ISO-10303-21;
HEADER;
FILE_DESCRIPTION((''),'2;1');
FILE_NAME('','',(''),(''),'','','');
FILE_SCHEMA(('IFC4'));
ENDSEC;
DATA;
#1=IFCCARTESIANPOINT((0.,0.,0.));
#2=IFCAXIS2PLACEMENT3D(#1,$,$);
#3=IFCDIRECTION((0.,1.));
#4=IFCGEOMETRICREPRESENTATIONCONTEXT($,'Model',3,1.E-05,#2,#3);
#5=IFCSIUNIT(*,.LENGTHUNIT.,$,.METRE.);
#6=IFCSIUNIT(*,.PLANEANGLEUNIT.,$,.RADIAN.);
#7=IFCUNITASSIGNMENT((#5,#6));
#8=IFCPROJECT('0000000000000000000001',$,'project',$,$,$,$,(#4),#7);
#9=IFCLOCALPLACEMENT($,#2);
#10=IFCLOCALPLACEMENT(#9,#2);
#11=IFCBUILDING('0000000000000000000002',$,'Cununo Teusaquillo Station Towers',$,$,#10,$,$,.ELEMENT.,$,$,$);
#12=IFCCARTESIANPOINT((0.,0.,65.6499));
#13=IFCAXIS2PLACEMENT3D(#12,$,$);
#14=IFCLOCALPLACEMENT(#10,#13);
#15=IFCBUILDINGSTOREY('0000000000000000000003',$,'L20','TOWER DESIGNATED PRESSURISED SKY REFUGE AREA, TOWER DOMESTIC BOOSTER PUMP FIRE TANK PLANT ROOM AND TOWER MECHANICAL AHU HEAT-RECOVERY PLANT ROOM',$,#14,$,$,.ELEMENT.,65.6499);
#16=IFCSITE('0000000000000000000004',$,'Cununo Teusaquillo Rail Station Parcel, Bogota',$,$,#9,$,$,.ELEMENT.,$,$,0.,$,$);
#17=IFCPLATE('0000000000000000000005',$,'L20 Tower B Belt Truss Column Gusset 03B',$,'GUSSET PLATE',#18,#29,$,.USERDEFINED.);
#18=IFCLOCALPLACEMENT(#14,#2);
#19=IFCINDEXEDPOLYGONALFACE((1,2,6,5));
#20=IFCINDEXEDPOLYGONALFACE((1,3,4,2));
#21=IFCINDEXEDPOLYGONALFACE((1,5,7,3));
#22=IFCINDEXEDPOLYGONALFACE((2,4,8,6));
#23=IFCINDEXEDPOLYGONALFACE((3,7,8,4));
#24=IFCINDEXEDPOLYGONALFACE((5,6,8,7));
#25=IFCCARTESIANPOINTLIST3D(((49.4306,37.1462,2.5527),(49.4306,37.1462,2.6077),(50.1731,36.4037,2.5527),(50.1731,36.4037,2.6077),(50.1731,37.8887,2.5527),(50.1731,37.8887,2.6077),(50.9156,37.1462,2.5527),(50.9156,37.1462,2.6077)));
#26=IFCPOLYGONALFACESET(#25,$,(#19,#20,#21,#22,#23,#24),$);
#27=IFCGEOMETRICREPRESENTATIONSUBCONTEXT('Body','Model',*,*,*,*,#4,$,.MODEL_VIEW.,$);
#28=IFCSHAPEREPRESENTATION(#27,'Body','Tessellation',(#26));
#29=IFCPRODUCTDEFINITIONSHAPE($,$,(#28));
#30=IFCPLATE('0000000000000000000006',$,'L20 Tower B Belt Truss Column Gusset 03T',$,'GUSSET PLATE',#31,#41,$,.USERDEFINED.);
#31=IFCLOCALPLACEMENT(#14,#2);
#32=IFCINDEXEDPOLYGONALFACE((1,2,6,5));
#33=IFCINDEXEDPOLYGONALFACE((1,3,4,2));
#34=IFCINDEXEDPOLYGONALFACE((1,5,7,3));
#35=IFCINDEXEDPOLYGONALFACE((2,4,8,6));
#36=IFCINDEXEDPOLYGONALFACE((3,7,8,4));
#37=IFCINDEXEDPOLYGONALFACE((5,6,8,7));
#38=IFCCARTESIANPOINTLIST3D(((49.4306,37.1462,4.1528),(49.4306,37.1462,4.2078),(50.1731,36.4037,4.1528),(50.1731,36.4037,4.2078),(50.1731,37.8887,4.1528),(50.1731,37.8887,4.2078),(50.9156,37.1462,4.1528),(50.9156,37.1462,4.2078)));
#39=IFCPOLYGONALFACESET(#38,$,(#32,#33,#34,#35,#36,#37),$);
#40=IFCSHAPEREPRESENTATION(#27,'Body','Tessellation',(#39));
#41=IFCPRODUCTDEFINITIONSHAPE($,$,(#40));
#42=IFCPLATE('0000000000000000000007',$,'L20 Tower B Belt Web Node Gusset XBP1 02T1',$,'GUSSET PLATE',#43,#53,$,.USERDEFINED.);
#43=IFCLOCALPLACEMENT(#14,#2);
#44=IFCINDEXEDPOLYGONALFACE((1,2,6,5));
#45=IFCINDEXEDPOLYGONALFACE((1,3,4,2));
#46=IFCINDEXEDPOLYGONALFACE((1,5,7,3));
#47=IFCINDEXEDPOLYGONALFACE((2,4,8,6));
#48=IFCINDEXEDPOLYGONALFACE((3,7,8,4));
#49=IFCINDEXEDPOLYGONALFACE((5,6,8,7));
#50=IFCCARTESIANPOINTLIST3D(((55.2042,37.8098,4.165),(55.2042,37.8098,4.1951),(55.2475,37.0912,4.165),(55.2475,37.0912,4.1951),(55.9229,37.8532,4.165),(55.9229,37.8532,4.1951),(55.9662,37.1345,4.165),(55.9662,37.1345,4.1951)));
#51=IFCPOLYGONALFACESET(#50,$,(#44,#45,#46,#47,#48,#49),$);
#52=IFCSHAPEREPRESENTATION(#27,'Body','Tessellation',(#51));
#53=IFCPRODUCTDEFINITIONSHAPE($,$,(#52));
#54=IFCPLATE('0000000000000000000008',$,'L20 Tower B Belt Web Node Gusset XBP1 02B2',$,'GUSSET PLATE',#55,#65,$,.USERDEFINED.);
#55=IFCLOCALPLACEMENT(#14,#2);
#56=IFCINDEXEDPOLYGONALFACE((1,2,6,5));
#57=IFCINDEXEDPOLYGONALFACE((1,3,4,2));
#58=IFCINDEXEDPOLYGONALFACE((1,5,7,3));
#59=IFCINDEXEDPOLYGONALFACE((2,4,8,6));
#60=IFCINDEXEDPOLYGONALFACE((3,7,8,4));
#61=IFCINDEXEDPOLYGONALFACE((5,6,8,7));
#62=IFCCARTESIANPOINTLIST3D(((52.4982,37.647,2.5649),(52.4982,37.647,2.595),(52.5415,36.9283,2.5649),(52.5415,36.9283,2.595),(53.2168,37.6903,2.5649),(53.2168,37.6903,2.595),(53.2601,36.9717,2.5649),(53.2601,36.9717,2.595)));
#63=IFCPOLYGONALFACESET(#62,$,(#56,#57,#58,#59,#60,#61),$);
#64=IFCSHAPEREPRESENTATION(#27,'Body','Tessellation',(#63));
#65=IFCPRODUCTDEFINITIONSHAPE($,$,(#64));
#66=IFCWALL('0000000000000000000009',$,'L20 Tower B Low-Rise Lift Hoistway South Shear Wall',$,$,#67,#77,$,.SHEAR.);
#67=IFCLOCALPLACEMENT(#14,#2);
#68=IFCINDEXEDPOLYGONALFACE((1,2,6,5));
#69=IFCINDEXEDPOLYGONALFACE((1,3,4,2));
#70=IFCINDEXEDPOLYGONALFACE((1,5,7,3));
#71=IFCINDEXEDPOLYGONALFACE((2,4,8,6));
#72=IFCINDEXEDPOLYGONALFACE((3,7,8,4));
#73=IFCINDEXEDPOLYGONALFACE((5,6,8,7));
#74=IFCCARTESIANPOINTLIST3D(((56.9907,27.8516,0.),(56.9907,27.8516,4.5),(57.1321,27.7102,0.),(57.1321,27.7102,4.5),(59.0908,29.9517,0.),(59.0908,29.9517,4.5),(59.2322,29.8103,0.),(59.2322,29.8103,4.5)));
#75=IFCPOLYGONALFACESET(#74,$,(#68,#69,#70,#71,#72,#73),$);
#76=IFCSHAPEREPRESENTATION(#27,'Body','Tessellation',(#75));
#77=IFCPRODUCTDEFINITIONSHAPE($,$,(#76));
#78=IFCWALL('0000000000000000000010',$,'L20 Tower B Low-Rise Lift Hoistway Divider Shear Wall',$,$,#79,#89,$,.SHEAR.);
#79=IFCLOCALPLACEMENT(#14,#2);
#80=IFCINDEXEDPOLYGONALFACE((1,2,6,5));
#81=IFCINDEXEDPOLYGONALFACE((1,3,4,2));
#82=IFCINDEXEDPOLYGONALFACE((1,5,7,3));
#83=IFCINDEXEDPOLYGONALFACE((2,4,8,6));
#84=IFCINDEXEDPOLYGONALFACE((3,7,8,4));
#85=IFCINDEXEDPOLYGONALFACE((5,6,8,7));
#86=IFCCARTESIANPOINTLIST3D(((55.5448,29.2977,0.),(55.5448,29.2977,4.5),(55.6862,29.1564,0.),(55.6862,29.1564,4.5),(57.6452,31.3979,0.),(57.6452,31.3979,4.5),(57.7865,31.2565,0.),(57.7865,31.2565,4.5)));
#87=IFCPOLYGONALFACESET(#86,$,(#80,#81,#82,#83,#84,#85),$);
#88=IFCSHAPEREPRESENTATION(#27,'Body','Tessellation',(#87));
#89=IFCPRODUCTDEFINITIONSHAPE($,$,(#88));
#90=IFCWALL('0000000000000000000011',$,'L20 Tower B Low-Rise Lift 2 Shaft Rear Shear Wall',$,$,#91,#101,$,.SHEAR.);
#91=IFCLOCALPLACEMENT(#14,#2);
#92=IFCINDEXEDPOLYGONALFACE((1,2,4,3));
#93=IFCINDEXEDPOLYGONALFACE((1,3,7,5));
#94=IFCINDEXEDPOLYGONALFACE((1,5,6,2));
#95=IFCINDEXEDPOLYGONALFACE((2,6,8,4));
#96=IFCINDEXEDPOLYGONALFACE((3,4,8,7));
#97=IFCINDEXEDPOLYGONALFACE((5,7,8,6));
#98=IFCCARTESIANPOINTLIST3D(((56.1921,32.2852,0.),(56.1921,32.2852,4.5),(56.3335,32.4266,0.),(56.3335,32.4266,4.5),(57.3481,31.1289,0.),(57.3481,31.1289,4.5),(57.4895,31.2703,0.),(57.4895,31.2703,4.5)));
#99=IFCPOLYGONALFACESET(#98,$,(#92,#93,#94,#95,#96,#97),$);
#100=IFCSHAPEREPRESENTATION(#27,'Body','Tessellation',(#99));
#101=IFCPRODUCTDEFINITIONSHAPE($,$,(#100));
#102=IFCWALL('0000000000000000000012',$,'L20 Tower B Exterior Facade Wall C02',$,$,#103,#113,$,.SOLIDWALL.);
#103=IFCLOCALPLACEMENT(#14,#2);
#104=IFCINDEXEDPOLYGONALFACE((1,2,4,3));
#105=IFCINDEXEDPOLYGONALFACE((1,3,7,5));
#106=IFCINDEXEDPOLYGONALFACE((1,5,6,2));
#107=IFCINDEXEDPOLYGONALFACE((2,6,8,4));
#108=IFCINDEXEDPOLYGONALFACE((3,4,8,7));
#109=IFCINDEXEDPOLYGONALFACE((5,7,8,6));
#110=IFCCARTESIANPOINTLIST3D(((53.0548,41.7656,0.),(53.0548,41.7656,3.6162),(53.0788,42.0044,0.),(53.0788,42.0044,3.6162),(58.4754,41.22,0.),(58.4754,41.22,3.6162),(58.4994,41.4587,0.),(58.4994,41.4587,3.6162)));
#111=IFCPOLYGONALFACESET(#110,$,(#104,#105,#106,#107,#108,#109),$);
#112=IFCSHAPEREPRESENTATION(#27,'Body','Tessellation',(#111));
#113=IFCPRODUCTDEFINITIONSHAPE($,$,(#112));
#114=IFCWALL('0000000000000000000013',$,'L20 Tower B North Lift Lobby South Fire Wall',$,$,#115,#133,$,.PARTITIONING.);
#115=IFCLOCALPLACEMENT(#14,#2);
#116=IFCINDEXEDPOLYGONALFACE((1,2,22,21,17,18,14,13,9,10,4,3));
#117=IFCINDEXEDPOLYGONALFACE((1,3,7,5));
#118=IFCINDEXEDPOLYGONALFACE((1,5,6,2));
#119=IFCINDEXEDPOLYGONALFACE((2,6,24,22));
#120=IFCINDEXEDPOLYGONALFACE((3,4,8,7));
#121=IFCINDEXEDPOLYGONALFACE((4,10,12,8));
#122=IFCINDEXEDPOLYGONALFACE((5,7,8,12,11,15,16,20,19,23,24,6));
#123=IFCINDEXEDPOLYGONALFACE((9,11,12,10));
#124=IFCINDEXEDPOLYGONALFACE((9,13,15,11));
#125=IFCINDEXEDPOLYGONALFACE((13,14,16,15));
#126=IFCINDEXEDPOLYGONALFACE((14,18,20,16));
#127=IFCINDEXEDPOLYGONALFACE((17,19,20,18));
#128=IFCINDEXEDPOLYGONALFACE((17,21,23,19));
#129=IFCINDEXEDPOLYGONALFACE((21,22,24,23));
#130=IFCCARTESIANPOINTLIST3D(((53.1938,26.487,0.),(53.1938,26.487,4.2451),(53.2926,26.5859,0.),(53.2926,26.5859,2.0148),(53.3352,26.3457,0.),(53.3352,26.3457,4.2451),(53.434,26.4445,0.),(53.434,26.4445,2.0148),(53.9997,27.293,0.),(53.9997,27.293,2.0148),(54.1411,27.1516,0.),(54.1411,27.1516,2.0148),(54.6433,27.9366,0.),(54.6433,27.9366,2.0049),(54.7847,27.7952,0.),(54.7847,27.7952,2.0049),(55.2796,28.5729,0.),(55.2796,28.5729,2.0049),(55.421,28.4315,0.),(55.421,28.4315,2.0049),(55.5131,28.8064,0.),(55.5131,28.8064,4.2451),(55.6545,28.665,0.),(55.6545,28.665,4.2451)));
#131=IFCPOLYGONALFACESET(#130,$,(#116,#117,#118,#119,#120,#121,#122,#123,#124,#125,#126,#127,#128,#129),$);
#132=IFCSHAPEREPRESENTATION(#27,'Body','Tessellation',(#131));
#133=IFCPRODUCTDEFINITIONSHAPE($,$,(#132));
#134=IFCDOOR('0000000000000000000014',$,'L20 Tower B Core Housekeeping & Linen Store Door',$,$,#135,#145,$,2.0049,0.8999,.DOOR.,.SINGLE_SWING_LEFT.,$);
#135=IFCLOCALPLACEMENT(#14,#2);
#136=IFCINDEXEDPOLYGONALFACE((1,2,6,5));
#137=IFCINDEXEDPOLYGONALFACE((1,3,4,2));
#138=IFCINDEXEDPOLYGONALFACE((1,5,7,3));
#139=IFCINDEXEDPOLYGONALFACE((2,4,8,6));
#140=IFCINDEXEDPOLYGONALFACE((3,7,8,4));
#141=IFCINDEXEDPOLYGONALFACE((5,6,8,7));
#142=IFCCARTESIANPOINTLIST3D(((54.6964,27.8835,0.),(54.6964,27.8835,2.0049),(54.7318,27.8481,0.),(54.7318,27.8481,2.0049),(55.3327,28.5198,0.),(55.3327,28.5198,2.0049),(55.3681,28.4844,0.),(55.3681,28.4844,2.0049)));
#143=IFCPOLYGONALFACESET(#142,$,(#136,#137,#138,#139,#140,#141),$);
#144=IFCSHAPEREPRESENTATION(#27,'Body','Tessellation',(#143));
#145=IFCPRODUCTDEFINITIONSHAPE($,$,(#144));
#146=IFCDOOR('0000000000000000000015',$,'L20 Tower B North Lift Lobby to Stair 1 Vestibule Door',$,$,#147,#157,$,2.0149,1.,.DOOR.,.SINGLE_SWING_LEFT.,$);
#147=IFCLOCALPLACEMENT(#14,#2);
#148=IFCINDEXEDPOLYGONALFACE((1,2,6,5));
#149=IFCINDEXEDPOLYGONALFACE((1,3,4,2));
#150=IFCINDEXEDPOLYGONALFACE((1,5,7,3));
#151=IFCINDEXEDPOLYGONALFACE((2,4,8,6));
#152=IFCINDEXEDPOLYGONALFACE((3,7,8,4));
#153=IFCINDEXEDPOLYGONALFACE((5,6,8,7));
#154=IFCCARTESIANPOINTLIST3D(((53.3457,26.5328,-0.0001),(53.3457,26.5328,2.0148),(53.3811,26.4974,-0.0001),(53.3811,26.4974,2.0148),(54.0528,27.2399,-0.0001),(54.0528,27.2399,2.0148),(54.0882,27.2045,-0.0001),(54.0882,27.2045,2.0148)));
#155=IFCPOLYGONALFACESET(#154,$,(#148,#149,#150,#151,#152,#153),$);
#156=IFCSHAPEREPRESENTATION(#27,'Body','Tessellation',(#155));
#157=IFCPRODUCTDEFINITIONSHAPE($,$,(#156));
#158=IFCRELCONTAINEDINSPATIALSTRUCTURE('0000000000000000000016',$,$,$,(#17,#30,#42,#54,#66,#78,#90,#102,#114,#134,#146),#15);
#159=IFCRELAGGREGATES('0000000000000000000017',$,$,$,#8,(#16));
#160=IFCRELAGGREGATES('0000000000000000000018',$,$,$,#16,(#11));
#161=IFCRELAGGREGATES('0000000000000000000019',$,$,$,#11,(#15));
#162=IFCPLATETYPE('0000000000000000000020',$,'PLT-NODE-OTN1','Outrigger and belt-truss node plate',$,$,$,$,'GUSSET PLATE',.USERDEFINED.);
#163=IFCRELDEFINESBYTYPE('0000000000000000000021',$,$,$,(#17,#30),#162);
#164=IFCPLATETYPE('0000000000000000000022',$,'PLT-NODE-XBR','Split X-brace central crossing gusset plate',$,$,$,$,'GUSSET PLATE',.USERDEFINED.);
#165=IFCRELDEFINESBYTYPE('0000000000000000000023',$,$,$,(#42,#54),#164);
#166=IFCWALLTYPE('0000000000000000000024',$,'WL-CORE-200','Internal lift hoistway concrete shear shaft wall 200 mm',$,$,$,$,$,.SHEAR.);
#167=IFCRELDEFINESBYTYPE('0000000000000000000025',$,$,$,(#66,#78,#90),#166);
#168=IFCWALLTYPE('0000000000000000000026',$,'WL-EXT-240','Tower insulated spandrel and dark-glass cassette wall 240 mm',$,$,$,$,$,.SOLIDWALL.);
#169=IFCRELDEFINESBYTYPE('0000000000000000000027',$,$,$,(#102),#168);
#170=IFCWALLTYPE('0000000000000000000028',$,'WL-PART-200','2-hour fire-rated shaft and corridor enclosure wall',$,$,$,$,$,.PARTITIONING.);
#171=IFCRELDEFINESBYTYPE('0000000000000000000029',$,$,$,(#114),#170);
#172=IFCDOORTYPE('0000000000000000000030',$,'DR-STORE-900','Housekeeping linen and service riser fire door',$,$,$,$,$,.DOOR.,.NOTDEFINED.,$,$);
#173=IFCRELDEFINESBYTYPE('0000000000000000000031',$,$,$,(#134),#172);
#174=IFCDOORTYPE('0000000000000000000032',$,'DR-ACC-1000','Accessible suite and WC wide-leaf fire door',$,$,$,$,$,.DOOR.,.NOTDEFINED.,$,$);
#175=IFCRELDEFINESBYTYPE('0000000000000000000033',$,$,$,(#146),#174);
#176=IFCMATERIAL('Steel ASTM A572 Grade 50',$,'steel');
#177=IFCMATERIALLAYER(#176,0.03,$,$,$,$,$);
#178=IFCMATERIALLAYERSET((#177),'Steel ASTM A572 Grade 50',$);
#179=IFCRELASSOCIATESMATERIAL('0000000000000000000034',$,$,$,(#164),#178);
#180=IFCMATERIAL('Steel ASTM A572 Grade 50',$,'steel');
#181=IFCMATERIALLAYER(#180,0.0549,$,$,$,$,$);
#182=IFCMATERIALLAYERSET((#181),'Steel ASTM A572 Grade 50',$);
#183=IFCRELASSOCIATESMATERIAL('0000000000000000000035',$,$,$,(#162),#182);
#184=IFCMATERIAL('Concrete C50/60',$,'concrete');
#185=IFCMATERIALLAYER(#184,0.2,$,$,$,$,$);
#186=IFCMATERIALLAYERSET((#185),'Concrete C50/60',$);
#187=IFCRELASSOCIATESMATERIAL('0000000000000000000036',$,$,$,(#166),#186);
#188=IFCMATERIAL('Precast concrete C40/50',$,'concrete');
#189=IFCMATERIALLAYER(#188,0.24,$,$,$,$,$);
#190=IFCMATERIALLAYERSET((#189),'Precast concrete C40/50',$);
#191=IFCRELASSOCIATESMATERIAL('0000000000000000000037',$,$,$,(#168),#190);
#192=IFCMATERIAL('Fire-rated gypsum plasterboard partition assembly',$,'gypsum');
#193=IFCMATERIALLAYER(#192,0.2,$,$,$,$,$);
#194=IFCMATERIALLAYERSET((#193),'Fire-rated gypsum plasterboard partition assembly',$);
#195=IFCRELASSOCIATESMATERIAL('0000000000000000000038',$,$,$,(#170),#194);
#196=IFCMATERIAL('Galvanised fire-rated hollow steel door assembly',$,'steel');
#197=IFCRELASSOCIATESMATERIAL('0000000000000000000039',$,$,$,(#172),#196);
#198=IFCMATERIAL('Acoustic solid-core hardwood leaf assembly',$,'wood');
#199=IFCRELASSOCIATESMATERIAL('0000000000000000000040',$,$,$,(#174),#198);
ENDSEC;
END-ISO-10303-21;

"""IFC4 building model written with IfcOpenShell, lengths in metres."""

from ifc_helpers import new_model, si_unit, direction, frame, frame_2d, origin, origin_2d, place, context, subcontext, project, spatial, rectangle, extrude, source, transform, mapped, material, layer, layer_set, type_object, element, fill, save


model = new_model("IFC4")

# Units and contexts
model_context = context("Model", 3, precision=1e-05, world=origin(), true_north=direction((0.0, 1.0)))
body_context = subcontext(model_context, "Body", "Model", "MODEL_VIEW")
ifc_project = project(units=[si_unit("LENGTHUNIT", "METRE"), si_unit("PLANEANGLEUNIT", "RADIAN")], contexts=[model_context])

# Site, building, storey
site_placement = place(None, origin())
site = spatial("IfcSite", under=ifc_project, at=site_placement, Name="Cununo Teusaquillo Rail Station Parcel, Bogota", CompositionType="ELEMENT", RefElevation=0.0)
building_placement = place(site_placement, origin())
building = spatial("IfcBuilding", under=site, at=building_placement, Name="Cununo Teusaquillo Station Towers", CompositionType="ELEMENT")
storey_placement = place(building_placement, frame((0.0, 0.0, 65.6499)))
storey = spatial("IfcBuildingStorey", under=building, at=storey_placement, Name="L20", Description="TOWER DESIGNATED PRESSURISED SKY REFUGE AREA, TOWER DOMESTIC BOOSTER PUMP FIRE TANK PLANT ROOM AND TOWER MECHANICAL AHU HEAT-RECOVERY PLANT ROOM", CompositionType="ELEMENT", Elevation=65.6499)

# Plates
ifc_material_1 = material(Name="Steel ASTM A572 Grade 50", Category="steel")
ifc_layer_1 = layer(ifc_material_1, 0.03)
ifc_layer_set_1 = layer_set([ifc_layer_1], Name="Steel ASTM A572 Grade 50")
plate_type_1 = type_object("IfcPlateType", Name="PLT-NODE-XBR", Description="Split X-brace central crossing gusset plate", ElementType="GUSSET PLATE", PredefinedType="USERDEFINED", material=ifc_layer_set_1)
ifc_material_2 = material(Name="Steel ASTM A572 Grade 50", Category="steel")
ifc_layer_2 = layer(ifc_material_2, 0.0549)
ifc_layer_set_2 = layer_set([ifc_layer_2], Name="Steel ASTM A572 Grade 50")
plate_type_2 = type_object("IfcPlateType", Name="PLT-NODE-OTN1", Description="Outrigger and belt-truss node plate", ElementType="GUSSET PLATE", PredefinedType="USERDEFINED", material=ifc_layer_set_2)
shared_shape_1 = source(origin(), body_context, "Body", "SweptSolid", [
    extrude(rectangle(XDim=1.05, YDim=1.05, at=origin_2d()), origin(), (0.0, 0.0, 1.0), 0.0549),
])
for number, where, z_axis, x_axis, name in (
    (1, (50.1731, 37.1462, 2.5527), (0.0, 0.0, 1.0), (0.707107, 0.707107, 0.0), "L20 Tower B Belt Truss Column Gusset 03B"),
    (2, (50.1731, 37.1462, 4.1528), (0.0, 0.0, 1.0), (0.707107, 0.707107, 0.0), "L20 Tower B Belt Truss Column Gusset 03T"),
):
    element("IfcPlate", number, at=place(storey_placement, frame(where, z_axis=z_axis, x_axis=x_axis)), inside=storey, type_object=plate_type_2, Name=name, ObjectType="GUSSET PLATE", PredefinedType="USERDEFINED", context=body_context, shape_type="MappedRepresentation", body=[
        mapped(shared_shape_1, transform((0.0, 0.0, 0.0), x_axis=(1.0, 0.0, 0.0), y_axis=(0.0, 1.0, 0.0), z_axis=(0.0, 0.0, 1.0), scale=1.0)),
    ])
shared_shape_2 = source(origin(), body_context, "Body", "SweptSolid", [
    extrude(rectangle(XDim=0.72, YDim=0.72, at=origin_2d()), origin(), (0.0, 0.0, 1.0), 0.03),
])
for number, where, z_axis, x_axis, name in (
    (3, (55.5852, 37.4722, 4.165), (0.0, 0.0, 1.0), (-0.998188, -0.060177, 0.0), "L20 Tower B Belt Web Node Gusset XBP1 02T1"),
    (4, (52.8792, 37.3093, 2.5649), (0.0, 0.0, 1.0), (-0.998188, -0.060177, 0.0), "L20 Tower B Belt Web Node Gusset XBP1 02B2"),
):
    element("IfcPlate", number, at=place(storey_placement, frame(where, z_axis=z_axis, x_axis=x_axis)), inside=storey, type_object=plate_type_1, Name=name, ObjectType="GUSSET PLATE", PredefinedType="USERDEFINED", context=body_context, shape_type="MappedRepresentation", body=[
        mapped(shared_shape_2, transform((0.0, 0.0, 0.0), x_axis=(1.0, 0.0, 0.0), y_axis=(0.0, 1.0, 0.0), z_axis=(0.0, 0.0, 1.0), scale=1.0)),
    ])

# Walls
ifc_material_3 = material(Name="Concrete C50/60", Category="concrete")
ifc_layer_3 = layer(ifc_material_3, 0.2)
ifc_layer_set_3 = layer_set([ifc_layer_3], Name="Concrete C50/60")
wall_type_1 = type_object("IfcWallType", Name="WL-CORE-200", Description="Internal lift hoistway concrete shear shaft wall 200 mm", PredefinedType="SHEAR", material=ifc_layer_set_3)
wall_1_placement = place(storey_placement, frame((57.0615, 27.781, 0.0), z_axis=(0.0, 0.0, 1.0), x_axis=(0.707107, 0.707107, 0.0)))
element("IfcWall", 5, at=wall_1_placement, inside=storey, type_object=wall_type_1, Name="L20 Tower B Low-Rise Lift Hoistway South Shear Wall", PredefinedType="SHEAR", context=body_context, shape_type="SweptSolid", body=[
    extrude(rectangle(XDim=2.97, YDim=0.2, at=frame_2d((1.4849, 0.0))), origin(), (0.0, 0.0, 1.0), 4.5),
])
wall_2_placement = place(storey_placement, frame((55.6155, 29.2271, 0.0), z_axis=(0.0, 0.0, 1.0), x_axis=(0.707148, 0.707066, 0.0)))
element("IfcWall", 6, at=wall_2_placement, inside=storey, type_object=wall_type_1, Name="L20 Tower B Low-Rise Lift Hoistway Divider Shear Wall", PredefinedType="SHEAR", context=body_context, shape_type="SweptSolid", body=[
    extrude(rectangle(XDim=2.9702, YDim=0.2, at=frame_2d((1.4851, 0.0))), origin(), (0.0, 0.0, 1.0), 4.5),
])
wall_3_placement = place(storey_placement, frame((57.4187, 31.1997, 0.0), z_axis=(0.0, 0.0, 1.0), x_axis=(-0.707032, 0.707181, 0.0)))
element("IfcWall", 7, at=wall_3_placement, inside=storey, type_object=wall_type_1, Name="L20 Tower B Low-Rise Lift 2 Shaft Rear Shear Wall", PredefinedType="SHEAR", context=body_context, shape_type="SweptSolid", body=[
    extrude(rectangle(XDim=1.635, YDim=0.2, at=frame_2d((0.8174, 0.0))), origin(), (0.0, 0.0, 1.0), 4.5),
])
ifc_material_4 = material(Name="Precast concrete C40/50", Category="concrete")
ifc_layer_4 = layer(ifc_material_4, 0.24)
ifc_layer_set_4 = layer_set([ifc_layer_4], Name="Precast concrete C40/50")
wall_type_2 = type_object("IfcWallType", Name="WL-EXT-240", Description="Tower insulated spandrel and dark-glass cassette wall 240 mm", PredefinedType="SOLIDWALL", material=ifc_layer_set_4)
wall_4_placement = place(storey_placement, frame((53.0667, 41.885, 0.0), z_axis=(0.0, 0.0, 1.0), x_axis=(0.994972, -0.100156, 0.0)))
element("IfcWall", 8, at=wall_4_placement, inside=storey, type_object=wall_type_2, Name="L20 Tower B Exterior Facade Wall C02", PredefinedType="SOLIDWALL", context=body_context, shape_type="SweptSolid", body=[
    extrude(rectangle(XDim=5.448, YDim=0.24, at=frame_2d((2.7241, 0.0))), origin(), (0.0, 0.0, 1.0), 3.6162),
])

# Wall, openings, doors
ifc_material_5 = material(Name="Fire-rated gypsum plasterboard partition assembly", Category="gypsum")
ifc_layer_5 = layer(ifc_material_5, 0.2)
ifc_layer_set_5 = layer_set([ifc_layer_5], Name="Fire-rated gypsum plasterboard partition assembly")
wall_type_3 = type_object("IfcWallType", Name="WL-PART-200", Description="2-hour fire-rated shaft and corridor enclosure wall", PredefinedType="PARTITIONING", material=ifc_layer_set_5)
wall_5_placement = place(storey_placement, frame((53.2644, 26.4163, 0.0), z_axis=(0.0, 0.0, 1.0), x_axis=(0.707107, 0.707107, 0.0)))
wall_5 = element("IfcWall", 9, at=wall_5_placement, inside=storey, type_object=wall_type_3, Name="L20 Tower B North Lift Lobby South Fire Wall", PredefinedType="PARTITIONING", context=body_context, shape_type="SweptSolid", body=[
    extrude(rectangle(XDim=3.28, YDim=0.2, at=frame_2d((1.6401, 0.0))), origin(), (0.0, 0.0, 1.0), 4.2451),
])
shared_shape_3 = source(origin(), body_context, "Body", "SweptSolid", [
    extrude(rectangle(XDim=1.0, YDim=2.0149, at=frame_2d((0.5, 1.0073))), frame((0.0, 0.1099, 0.0), z_axis=(0.0, -1.0, 0.0), x_axis=(1.0, 0.0, 0.0)), (0.0, 0.0, 1.0), 0.22),
])
opening_1_placement = place(wall_5_placement, frame((0.1399, 0.0, 0.0)))
opening_1 = element("IfcOpeningElement", 10, at=opening_1_placement, cuts=wall_5, PredefinedType="OPENING", context=body_context, shape_type="MappedRepresentation", body=[
    mapped(shared_shape_3, transform((0.0, 0.0, 0.0), x_axis=(1.0, 0.0, 0.0), y_axis=(0.0, 1.0, 0.0), z_axis=(0.0, 0.0, 1.0), scale=1.0)),
])
shared_shape_4 = source(origin(), body_context, "Body", "SweptSolid", [
    extrude(rectangle(XDim=0.8999, YDim=2.0049, at=frame_2d((0.45, 1.0024))), frame((0.0, 0.1099, 0.0), z_axis=(0.0, -1.0, 0.0), x_axis=(1.0, 0.0, 0.0)), (0.0, 0.0, 1.0), 0.22),
])
opening_2_placement = place(wall_5_placement, frame((2.05, 0.0, 0.0)))
opening_2 = element("IfcOpeningElement", 11, at=opening_2_placement, cuts=wall_5, PredefinedType="OPENING", context=body_context, shape_type="MappedRepresentation", body=[
    mapped(shared_shape_4, transform((0.0, 0.0, 0.0), x_axis=(1.0, 0.0, 0.0), y_axis=(0.0, 1.0, 0.0), z_axis=(0.0, 0.0, 1.0), scale=1.0)),
])
ifc_material_6 = material(Name="Galvanised fire-rated hollow steel door assembly", Category="steel")
door_type_1 = type_object("IfcDoorType", Name="DR-STORE-900", Description="Housekeeping linen and service riser fire door", OperationType="NOTDEFINED", PredefinedType="DOOR", material=ifc_material_6)
shared_shape_5 = source(origin(), body_context, "Body", "SweptSolid", [
    extrude(rectangle(XDim=0.8999, YDim=2.0049, at=frame_2d((0.45, 1.0024))), frame((0.0, 0.0249, 0.0), z_axis=(0.0, -1.0, 0.0), x_axis=(1.0, 0.0, 0.0)), (0.0, 0.0, 1.0), 0.05),
])
door_1_placement = place(opening_2_placement, origin())
door_1 = element("IfcDoor", 12, at=door_1_placement, inside=storey, type_object=door_type_1, Name="L20 Tower B Core Housekeeping & Linen Store Door", OperationType="SINGLE_SWING_LEFT", OverallHeight=2.0049, OverallWidth=0.8999, PredefinedType="DOOR", context=body_context, shape_type="MappedRepresentation", body=[
    mapped(shared_shape_5, transform((0.0, 0.0, 0.0), x_axis=(1.0, 0.0, 0.0), y_axis=(0.0, 1.0, 0.0), z_axis=(0.0, 0.0, 1.0), scale=1.0)),
])
fill(opening_2, door_1)
ifc_material_7 = material(Name="Acoustic solid-core hardwood leaf assembly", Category="wood")
door_type_2 = type_object("IfcDoorType", Name="DR-ACC-1000", Description="Accessible suite and WC wide-leaf fire door", OperationType="NOTDEFINED", PredefinedType="DOOR", material=ifc_material_7)
shared_shape_6 = source(origin(), body_context, "Body", "SweptSolid", [
    extrude(rectangle(XDim=1.0, YDim=2.0149, at=frame_2d((0.5, 1.0073))), frame((0.0, 0.0249, 0.0), z_axis=(0.0, -1.0, 0.0), x_axis=(1.0, 0.0, 0.0)), (0.0, 0.0, 1.0), 0.05),
])
door_2_placement = place(opening_1_placement, origin())
door_2 = element("IfcDoor", 13, at=door_2_placement, inside=storey, type_object=door_type_2, Name="L20 Tower B North Lift Lobby to Stair 1 Vestibule Door", OperationType="SINGLE_SWING_LEFT", OverallHeight=2.0149, OverallWidth=1.0, PredefinedType="DOOR", context=body_context, shape_type="MappedRepresentation", body=[
    mapped(shared_shape_6, transform((0.0, 0.0, 0.0), x_axis=(1.0, 0.0, 0.0), y_axis=(0.0, 1.0, 0.0), z_axis=(0.0, 0.0, 1.0), scale=1.0)),
])
fill(opening_1, door_2)

save(model, "model.ifc")
